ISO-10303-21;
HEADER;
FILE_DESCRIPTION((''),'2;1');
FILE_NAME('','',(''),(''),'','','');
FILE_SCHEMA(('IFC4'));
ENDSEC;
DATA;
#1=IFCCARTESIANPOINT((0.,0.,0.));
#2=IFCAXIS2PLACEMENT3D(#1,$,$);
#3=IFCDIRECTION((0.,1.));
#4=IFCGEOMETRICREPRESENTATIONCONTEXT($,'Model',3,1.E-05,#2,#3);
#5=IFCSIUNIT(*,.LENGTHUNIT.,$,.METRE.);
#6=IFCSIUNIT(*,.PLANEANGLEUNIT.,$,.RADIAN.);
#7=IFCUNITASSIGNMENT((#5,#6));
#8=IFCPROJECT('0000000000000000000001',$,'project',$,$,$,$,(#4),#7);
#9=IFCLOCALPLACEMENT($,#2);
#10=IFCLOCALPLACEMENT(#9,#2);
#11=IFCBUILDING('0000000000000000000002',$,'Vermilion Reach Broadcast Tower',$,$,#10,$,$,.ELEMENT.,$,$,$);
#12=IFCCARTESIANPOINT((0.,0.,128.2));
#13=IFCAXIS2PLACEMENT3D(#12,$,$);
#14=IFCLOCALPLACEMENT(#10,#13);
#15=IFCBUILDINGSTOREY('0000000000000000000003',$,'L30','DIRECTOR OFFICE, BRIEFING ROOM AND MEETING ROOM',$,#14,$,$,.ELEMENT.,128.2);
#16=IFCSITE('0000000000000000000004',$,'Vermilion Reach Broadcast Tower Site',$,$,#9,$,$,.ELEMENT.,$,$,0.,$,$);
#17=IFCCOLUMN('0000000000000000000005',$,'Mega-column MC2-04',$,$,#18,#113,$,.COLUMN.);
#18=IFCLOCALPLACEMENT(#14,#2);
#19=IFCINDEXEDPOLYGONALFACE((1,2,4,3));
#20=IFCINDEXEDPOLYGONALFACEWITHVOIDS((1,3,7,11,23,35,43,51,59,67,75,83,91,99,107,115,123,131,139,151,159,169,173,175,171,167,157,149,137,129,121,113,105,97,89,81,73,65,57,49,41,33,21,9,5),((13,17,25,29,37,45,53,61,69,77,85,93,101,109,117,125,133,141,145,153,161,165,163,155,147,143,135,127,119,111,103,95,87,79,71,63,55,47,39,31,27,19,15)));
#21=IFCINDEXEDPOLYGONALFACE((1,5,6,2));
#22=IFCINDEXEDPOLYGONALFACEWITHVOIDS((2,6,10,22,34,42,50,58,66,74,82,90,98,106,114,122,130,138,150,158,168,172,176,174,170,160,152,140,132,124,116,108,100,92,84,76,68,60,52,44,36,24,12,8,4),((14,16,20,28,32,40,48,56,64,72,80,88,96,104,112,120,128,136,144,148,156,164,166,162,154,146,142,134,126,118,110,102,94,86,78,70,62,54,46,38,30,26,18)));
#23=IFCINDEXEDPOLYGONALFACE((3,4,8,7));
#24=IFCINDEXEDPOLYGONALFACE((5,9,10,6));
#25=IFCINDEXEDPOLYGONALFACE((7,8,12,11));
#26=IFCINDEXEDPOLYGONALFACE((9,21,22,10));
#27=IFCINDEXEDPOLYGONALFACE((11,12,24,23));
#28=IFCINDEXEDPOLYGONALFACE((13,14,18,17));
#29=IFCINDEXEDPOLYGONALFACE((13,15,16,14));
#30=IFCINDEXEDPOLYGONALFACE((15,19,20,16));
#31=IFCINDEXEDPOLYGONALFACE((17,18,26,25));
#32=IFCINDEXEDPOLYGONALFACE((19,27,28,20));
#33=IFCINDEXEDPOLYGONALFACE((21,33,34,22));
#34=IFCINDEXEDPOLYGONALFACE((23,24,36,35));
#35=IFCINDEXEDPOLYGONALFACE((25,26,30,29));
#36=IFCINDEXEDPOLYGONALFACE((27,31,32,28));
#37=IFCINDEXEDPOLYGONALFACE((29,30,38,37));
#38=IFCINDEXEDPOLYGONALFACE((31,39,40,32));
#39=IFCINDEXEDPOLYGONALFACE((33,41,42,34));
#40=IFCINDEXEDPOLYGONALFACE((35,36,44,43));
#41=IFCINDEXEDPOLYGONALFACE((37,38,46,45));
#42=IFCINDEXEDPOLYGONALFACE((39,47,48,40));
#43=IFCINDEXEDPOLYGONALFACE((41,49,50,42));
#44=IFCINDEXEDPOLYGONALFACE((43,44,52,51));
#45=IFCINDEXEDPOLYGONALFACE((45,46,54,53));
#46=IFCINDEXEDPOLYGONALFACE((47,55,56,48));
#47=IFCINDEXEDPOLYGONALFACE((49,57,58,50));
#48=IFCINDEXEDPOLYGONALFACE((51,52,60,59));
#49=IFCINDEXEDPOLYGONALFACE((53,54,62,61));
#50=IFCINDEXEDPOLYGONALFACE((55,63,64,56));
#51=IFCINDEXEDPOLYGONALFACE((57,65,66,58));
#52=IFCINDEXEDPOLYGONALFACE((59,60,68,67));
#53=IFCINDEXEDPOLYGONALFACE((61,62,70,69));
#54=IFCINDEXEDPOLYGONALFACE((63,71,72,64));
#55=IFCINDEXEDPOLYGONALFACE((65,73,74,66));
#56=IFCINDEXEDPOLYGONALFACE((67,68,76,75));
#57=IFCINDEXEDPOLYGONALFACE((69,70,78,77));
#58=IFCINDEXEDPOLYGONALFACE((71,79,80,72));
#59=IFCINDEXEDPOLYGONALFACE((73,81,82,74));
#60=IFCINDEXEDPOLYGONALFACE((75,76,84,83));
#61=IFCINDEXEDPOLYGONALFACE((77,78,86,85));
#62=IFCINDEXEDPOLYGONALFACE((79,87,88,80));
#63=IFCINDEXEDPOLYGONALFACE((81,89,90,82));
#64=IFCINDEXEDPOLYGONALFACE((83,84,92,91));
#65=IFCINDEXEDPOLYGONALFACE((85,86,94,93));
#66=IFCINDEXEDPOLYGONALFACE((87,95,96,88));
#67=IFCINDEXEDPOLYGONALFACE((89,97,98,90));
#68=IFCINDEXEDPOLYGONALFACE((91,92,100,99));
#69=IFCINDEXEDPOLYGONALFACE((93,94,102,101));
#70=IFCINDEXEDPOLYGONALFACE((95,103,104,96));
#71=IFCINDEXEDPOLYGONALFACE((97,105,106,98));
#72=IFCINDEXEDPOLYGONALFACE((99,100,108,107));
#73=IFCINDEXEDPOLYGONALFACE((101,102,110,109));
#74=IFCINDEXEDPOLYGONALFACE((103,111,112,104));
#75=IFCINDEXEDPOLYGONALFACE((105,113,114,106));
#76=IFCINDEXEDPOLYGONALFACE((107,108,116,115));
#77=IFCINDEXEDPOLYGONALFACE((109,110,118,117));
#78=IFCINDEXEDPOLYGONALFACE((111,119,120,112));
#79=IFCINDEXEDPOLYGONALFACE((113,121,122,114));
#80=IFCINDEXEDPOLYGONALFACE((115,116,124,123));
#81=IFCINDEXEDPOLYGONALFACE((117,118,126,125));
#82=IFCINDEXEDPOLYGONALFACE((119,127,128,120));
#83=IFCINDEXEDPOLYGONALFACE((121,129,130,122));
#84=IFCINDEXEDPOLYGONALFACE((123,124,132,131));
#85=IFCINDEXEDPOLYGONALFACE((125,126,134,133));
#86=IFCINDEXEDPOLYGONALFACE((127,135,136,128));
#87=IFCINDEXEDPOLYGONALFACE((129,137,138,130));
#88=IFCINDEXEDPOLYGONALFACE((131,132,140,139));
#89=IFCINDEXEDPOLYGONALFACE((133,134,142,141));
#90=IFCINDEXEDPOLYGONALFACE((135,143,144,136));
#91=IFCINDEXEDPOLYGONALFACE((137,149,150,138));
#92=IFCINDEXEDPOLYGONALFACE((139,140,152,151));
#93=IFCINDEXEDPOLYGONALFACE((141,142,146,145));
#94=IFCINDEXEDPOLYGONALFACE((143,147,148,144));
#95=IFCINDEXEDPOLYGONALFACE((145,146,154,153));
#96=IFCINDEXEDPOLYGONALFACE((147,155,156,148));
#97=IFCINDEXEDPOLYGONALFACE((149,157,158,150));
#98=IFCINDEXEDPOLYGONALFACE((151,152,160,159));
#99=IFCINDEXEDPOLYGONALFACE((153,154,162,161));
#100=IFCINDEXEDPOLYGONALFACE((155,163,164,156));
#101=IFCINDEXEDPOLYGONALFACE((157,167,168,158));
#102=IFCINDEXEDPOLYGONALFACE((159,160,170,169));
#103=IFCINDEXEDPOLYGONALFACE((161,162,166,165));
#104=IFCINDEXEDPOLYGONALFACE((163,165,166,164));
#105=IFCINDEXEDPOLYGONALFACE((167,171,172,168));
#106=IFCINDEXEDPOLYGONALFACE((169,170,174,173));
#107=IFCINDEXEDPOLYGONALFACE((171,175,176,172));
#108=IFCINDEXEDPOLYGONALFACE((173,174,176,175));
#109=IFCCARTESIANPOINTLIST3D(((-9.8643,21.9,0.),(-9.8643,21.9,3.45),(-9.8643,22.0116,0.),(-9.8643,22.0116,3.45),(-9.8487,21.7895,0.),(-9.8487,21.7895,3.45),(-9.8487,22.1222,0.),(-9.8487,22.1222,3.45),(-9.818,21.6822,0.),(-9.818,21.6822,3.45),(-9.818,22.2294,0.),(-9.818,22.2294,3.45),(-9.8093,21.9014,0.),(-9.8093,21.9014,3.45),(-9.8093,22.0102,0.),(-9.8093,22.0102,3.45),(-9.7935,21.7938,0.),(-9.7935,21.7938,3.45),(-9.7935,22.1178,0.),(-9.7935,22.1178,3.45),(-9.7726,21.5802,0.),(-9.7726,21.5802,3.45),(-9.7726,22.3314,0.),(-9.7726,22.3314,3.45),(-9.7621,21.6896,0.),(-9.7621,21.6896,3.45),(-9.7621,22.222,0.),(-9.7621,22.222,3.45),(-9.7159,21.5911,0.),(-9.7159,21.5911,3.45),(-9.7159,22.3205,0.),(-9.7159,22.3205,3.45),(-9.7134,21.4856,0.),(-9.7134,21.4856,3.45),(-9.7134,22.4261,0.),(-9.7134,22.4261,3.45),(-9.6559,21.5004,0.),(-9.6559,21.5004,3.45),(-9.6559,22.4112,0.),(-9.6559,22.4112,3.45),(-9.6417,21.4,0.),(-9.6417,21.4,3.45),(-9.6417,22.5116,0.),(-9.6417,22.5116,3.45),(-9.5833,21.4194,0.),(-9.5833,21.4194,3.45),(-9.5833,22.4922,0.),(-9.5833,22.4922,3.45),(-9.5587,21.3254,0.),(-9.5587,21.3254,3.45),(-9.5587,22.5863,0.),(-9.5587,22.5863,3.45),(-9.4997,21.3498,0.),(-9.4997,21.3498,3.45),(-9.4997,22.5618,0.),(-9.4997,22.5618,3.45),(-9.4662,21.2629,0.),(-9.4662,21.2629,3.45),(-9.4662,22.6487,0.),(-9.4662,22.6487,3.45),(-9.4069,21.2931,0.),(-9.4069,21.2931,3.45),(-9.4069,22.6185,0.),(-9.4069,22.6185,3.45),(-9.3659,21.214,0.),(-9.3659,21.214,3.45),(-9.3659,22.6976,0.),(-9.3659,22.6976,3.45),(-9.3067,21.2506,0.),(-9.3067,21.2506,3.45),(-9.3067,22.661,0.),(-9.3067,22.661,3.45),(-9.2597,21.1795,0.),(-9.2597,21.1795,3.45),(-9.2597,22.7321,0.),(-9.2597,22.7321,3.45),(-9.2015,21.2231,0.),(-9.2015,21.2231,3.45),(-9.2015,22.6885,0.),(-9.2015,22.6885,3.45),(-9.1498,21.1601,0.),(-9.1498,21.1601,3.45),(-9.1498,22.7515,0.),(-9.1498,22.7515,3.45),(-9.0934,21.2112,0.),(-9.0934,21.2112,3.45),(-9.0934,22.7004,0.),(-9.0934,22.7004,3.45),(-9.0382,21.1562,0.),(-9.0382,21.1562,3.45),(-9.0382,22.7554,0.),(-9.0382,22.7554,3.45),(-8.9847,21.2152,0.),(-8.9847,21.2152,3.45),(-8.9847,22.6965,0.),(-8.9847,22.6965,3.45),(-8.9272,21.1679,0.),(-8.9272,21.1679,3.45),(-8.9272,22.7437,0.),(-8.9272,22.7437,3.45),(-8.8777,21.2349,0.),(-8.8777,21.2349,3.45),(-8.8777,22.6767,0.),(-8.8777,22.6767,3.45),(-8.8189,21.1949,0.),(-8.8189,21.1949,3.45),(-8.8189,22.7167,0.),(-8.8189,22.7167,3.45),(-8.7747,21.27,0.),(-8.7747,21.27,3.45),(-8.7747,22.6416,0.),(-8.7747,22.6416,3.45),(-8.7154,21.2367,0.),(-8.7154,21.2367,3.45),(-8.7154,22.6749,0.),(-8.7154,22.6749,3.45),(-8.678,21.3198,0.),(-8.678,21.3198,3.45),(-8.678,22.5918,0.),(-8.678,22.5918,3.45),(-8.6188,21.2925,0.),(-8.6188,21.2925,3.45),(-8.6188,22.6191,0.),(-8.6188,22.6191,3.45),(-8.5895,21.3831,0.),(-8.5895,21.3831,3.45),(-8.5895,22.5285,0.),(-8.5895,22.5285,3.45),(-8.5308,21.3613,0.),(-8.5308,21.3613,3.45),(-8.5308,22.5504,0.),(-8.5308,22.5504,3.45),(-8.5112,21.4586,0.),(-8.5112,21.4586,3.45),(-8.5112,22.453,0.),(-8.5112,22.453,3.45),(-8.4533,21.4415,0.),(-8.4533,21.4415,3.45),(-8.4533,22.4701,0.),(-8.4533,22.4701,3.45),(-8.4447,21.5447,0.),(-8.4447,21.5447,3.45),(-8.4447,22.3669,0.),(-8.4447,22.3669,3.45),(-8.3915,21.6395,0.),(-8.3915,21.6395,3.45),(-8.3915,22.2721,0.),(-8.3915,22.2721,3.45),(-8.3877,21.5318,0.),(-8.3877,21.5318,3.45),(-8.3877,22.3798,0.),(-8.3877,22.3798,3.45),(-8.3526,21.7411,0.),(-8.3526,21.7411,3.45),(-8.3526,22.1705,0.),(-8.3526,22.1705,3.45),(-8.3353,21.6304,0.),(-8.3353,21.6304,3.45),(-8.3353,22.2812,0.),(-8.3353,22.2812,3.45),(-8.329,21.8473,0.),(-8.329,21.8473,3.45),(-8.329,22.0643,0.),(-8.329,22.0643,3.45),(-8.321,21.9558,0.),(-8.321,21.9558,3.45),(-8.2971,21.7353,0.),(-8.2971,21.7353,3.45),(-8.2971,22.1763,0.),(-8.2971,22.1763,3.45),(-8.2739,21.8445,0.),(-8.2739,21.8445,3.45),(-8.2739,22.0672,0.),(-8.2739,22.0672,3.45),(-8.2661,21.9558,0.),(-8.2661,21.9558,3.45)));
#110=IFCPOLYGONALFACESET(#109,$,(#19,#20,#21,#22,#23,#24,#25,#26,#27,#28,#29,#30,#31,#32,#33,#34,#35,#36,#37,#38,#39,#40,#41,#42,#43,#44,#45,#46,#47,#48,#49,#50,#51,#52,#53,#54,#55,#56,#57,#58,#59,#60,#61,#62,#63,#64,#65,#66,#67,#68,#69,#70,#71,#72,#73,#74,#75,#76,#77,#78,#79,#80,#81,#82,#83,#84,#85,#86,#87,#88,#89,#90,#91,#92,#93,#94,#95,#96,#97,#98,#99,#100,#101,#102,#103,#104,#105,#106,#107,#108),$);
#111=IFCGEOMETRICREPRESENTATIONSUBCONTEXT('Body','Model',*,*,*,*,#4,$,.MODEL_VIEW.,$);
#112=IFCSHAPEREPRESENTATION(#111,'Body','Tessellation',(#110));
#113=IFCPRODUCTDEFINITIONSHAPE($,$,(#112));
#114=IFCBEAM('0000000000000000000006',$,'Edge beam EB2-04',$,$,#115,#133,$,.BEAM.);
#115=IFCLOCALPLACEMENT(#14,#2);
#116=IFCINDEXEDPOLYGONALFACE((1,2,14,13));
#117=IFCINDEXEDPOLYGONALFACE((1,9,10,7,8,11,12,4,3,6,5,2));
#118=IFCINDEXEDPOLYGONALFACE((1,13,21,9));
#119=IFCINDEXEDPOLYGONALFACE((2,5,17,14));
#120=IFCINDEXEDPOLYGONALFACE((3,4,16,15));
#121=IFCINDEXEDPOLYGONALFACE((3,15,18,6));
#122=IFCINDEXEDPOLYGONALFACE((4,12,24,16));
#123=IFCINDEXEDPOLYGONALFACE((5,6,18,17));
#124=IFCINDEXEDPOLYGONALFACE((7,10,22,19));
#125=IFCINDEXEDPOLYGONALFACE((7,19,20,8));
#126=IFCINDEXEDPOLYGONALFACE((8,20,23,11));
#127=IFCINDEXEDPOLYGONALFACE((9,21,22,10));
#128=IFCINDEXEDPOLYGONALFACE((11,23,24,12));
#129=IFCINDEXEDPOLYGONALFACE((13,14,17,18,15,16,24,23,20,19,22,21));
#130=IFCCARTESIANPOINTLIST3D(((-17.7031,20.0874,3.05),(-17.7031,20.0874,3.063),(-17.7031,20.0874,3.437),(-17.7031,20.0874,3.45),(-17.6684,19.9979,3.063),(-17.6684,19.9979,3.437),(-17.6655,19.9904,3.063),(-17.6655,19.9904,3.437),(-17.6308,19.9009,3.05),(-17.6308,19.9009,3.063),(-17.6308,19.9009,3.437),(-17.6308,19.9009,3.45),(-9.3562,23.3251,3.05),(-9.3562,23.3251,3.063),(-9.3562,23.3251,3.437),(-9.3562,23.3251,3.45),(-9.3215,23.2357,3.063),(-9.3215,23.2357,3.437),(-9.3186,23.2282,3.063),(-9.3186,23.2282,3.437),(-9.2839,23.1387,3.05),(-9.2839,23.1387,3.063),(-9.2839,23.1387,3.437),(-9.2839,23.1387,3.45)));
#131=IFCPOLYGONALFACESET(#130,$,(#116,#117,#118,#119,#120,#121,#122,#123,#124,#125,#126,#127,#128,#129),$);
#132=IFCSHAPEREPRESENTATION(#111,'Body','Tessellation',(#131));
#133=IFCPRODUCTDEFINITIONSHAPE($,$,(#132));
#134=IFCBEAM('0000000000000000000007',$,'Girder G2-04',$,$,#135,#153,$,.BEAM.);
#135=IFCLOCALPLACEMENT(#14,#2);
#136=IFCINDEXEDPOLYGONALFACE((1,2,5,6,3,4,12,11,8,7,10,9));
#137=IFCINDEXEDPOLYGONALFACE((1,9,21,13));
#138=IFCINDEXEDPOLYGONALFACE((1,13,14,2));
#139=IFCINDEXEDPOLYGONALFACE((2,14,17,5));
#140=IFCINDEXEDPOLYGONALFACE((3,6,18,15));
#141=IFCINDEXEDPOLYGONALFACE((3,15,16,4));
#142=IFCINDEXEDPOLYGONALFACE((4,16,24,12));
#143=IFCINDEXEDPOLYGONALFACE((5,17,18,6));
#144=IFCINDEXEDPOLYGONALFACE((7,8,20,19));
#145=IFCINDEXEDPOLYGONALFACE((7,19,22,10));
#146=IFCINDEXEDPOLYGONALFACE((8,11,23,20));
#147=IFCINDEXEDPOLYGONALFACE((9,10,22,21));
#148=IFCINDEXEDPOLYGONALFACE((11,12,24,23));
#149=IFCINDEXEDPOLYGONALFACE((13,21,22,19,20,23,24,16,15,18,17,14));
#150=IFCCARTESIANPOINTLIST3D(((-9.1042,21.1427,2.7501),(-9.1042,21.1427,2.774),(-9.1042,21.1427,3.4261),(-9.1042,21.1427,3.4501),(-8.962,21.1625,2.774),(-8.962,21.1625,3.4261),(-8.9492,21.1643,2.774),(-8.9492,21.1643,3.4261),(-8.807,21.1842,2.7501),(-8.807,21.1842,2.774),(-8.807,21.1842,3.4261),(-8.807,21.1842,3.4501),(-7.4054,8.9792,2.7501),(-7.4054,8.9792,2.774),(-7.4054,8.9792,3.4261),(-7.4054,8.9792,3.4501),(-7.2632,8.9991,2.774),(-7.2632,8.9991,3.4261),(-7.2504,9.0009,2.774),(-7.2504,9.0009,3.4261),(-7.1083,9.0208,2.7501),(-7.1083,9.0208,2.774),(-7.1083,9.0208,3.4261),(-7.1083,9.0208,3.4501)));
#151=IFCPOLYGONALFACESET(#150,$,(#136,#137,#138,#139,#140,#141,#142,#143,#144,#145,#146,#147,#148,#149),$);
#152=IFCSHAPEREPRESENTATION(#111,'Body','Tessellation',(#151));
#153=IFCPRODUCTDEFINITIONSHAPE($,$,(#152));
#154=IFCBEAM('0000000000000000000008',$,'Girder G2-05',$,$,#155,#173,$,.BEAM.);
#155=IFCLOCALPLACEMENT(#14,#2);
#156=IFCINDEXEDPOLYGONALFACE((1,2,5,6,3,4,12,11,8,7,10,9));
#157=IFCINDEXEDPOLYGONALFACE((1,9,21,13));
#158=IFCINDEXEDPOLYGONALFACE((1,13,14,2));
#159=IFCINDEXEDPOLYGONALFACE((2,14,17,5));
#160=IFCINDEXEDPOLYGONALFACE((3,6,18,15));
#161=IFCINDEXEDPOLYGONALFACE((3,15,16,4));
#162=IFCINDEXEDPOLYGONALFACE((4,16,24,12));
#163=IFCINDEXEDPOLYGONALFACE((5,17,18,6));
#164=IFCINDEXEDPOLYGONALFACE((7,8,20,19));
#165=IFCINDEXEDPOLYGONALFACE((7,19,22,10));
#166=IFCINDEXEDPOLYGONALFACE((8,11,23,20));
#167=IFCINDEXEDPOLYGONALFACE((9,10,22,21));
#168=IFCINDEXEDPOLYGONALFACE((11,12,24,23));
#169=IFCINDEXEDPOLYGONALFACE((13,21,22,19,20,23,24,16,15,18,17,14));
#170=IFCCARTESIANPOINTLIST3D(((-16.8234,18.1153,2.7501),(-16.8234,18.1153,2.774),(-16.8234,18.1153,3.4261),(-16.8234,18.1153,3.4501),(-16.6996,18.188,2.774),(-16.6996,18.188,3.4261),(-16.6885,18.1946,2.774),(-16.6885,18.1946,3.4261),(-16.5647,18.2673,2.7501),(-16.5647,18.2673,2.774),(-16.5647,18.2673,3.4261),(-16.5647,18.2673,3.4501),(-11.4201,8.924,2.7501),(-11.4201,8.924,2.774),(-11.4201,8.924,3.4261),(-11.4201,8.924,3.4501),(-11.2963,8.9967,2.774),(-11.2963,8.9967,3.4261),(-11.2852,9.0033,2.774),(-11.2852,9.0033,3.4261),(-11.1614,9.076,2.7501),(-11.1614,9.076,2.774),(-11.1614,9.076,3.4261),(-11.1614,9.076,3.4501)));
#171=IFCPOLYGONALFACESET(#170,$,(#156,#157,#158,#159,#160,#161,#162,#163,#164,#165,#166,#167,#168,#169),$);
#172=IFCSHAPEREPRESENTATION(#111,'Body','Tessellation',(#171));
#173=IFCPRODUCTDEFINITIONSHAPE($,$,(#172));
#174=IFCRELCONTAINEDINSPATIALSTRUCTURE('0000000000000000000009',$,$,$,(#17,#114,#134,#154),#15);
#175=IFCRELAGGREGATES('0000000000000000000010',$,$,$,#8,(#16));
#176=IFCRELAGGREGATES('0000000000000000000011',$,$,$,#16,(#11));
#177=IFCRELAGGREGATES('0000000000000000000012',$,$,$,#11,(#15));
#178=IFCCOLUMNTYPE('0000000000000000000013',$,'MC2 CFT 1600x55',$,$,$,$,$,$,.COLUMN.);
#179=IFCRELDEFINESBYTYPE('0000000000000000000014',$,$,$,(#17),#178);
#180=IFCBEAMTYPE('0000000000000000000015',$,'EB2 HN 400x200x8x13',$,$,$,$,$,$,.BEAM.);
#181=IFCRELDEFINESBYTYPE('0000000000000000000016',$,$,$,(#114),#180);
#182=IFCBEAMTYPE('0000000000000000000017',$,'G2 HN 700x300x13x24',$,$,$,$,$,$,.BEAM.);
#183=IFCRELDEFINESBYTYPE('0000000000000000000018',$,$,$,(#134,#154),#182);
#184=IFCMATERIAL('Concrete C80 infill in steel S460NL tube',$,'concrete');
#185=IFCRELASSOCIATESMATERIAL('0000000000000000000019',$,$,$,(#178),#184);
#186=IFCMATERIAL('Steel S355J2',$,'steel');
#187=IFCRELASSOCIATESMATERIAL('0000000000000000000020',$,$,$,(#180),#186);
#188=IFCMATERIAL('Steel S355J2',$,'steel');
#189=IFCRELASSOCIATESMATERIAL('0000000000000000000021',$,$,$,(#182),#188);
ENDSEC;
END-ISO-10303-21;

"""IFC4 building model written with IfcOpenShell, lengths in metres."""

from ifc_helpers import new_model, si_unit, direction, frame, origin, origin_2d, place, context, subcontext, project, spatial, hollow_circle, i_section, extrude, material, material_profile, profile_set, type_object, element, save


model = new_model("IFC4")

# Units and contexts
model_context = context("Model", 3, precision=1e-05, world=origin(), true_north=direction((0.0, 1.0)))
body_context = subcontext(model_context, "Body", "Model", "MODEL_VIEW")
ifc_project = project(units=[si_unit("LENGTHUNIT", "METRE"), si_unit("PLANEANGLEUNIT", "RADIAN")], contexts=[model_context])

# Site, building, storey
site_placement = place(None, origin())
site = spatial("IfcSite", under=ifc_project, at=site_placement, Name="Vermilion Reach Broadcast Tower Site", CompositionType="ELEMENT", RefElevation=0.0)
building_placement = place(site_placement, origin())
building = spatial("IfcBuilding", under=site, at=building_placement, Name="Vermilion Reach Broadcast Tower", CompositionType="ELEMENT")
storey_placement = place(building_placement, frame((0.0, 0.0, 128.2)))
storey = spatial("IfcBuildingStorey", under=building, at=storey_placement, Name="L30", Description="DIRECTOR OFFICE, BRIEFING ROOM AND MEETING ROOM", CompositionType="ELEMENT", Elevation=128.2)

# Column
ifc_material_1 = material(Name="Concrete C80 infill in steel S460NL tube", Category="concrete")
ifc_material_profile_1 = material_profile(ifc_material_1, hollow_circle(Radius=0.8, WallThickness=0.0549, at=origin_2d()), Name="Concrete C80 infill in steel S460NL tube CFT 1600x55")
ifc_profile_set_1 = profile_set([ifc_material_profile_1], Name="Concrete C80 infill in steel S460NL tube")
column_type = type_object("IfcColumnType", Name="MC2 CFT 1600x55", PredefinedType="COLUMN", material=ifc_profile_set_1)
column_placement = place(storey_placement, frame((-9.0662, 21.9558, 0.0), z_axis=(0.0, 0.0, 1.0), x_axis=(1.0, 0.0, 0.0)))
element("IfcColumn", 1, at=column_placement, inside=storey, type_object=column_type, Name="Mega-column MC2-04", PredefinedType="COLUMN", context=body_context, shape_type="SweptSolid", body=[
    extrude(hollow_circle(Radius=0.8, WallThickness=0.0549, at=origin_2d()), origin(), (0.0, 0.0, 1.0), 3.45),
])

# Beams
ifc_material_2 = material(Name="Steel S355J2", Category="steel")
ifc_material_profile_2 = material_profile(ifc_material_2, i_section(OverallWidth=0.2, OverallDepth=0.3999, WebThickness=0.0081, FlangeThickness=0.0129, at=origin_2d()), Name="S355J2 HN 400x200x8x13")
ifc_profile_set_2 = profile_set([ifc_material_profile_2], Name="Steel S355J2")
beam_type_1 = type_object("IfcBeamType", Name="EB2 HN 400x200x8x13", PredefinedType="BEAM", material=ifc_profile_set_2)
beam_1_placement = place(storey_placement, frame((-9.3201, 23.2319, 3.25), z_axis=(-0.932315, -0.361647, 0.0), x_axis=(0.361647, -0.932315, 0.0)))
element("IfcBeam", 2, at=beam_1_placement, inside=storey, type_object=beam_type_1, Name="Edge beam EB2-04", PredefinedType="BEAM", context=body_context, shape_type="SweptSolid", body=[
    extrude(i_section(OverallWidth=0.2, OverallDepth=0.3999, WebThickness=0.0081, FlangeThickness=0.0129, at=origin_2d()), origin(), (0.0, 0.0, 1.0), 8.9529),
])
ifc_material_3 = material(Name="Steel S355J2", Category="steel")
ifc_material_profile_3 = material_profile(ifc_material_3, i_section(OverallWidth=0.3, OverallDepth=0.7, WebThickness=0.0129, FlangeThickness=0.0239, at=origin_2d()), Name="S355J2 HN 700x300x13x24")
ifc_profile_set_3 = profile_set([ifc_material_profile_3], Name="Steel S355J2")
beam_type_2 = type_object("IfcBeamType", Name="G2 HN 700x300x13x24", PredefinedType="BEAM", material=ifc_profile_set_3)
beam_2_placement = place(storey_placement, frame((-7.2568, 9.0, 3.1001), z_axis=(-0.138318, 0.990388, 0.0), x_axis=(-0.990388, -0.138318, 0.0)))
element("IfcBeam", 3, at=beam_2_placement, inside=storey, type_object=beam_type_2, Name="Girder G2-04", PredefinedType="BEAM", context=body_context, shape_type="SweptSolid", body=[
    extrude(i_section(OverallWidth=0.3, OverallDepth=0.7, WebThickness=0.0129, FlangeThickness=0.0239, at=origin_2d()), origin(), (0.0, 0.0, 1.0), 12.2815),
])
beam_3_placement = place(storey_placement, frame((-11.2908, 9.0, 3.1001), z_axis=(-0.506784, 0.862073, 0.0), x_axis=(-0.862073, -0.506784, 0.0)))
element("IfcBeam", 4, at=beam_3_placement, inside=storey, type_object=beam_type_2, Name="Girder G2-05", PredefinedType="BEAM", context=body_context, shape_type="SweptSolid", body=[
    extrude(i_section(OverallWidth=0.3, OverallDepth=0.7, WebThickness=0.0129, FlangeThickness=0.0239, at=origin_2d()), origin(), (0.0, 0.0, 1.0), 10.6619),
])

save(model, "model.ifc")
